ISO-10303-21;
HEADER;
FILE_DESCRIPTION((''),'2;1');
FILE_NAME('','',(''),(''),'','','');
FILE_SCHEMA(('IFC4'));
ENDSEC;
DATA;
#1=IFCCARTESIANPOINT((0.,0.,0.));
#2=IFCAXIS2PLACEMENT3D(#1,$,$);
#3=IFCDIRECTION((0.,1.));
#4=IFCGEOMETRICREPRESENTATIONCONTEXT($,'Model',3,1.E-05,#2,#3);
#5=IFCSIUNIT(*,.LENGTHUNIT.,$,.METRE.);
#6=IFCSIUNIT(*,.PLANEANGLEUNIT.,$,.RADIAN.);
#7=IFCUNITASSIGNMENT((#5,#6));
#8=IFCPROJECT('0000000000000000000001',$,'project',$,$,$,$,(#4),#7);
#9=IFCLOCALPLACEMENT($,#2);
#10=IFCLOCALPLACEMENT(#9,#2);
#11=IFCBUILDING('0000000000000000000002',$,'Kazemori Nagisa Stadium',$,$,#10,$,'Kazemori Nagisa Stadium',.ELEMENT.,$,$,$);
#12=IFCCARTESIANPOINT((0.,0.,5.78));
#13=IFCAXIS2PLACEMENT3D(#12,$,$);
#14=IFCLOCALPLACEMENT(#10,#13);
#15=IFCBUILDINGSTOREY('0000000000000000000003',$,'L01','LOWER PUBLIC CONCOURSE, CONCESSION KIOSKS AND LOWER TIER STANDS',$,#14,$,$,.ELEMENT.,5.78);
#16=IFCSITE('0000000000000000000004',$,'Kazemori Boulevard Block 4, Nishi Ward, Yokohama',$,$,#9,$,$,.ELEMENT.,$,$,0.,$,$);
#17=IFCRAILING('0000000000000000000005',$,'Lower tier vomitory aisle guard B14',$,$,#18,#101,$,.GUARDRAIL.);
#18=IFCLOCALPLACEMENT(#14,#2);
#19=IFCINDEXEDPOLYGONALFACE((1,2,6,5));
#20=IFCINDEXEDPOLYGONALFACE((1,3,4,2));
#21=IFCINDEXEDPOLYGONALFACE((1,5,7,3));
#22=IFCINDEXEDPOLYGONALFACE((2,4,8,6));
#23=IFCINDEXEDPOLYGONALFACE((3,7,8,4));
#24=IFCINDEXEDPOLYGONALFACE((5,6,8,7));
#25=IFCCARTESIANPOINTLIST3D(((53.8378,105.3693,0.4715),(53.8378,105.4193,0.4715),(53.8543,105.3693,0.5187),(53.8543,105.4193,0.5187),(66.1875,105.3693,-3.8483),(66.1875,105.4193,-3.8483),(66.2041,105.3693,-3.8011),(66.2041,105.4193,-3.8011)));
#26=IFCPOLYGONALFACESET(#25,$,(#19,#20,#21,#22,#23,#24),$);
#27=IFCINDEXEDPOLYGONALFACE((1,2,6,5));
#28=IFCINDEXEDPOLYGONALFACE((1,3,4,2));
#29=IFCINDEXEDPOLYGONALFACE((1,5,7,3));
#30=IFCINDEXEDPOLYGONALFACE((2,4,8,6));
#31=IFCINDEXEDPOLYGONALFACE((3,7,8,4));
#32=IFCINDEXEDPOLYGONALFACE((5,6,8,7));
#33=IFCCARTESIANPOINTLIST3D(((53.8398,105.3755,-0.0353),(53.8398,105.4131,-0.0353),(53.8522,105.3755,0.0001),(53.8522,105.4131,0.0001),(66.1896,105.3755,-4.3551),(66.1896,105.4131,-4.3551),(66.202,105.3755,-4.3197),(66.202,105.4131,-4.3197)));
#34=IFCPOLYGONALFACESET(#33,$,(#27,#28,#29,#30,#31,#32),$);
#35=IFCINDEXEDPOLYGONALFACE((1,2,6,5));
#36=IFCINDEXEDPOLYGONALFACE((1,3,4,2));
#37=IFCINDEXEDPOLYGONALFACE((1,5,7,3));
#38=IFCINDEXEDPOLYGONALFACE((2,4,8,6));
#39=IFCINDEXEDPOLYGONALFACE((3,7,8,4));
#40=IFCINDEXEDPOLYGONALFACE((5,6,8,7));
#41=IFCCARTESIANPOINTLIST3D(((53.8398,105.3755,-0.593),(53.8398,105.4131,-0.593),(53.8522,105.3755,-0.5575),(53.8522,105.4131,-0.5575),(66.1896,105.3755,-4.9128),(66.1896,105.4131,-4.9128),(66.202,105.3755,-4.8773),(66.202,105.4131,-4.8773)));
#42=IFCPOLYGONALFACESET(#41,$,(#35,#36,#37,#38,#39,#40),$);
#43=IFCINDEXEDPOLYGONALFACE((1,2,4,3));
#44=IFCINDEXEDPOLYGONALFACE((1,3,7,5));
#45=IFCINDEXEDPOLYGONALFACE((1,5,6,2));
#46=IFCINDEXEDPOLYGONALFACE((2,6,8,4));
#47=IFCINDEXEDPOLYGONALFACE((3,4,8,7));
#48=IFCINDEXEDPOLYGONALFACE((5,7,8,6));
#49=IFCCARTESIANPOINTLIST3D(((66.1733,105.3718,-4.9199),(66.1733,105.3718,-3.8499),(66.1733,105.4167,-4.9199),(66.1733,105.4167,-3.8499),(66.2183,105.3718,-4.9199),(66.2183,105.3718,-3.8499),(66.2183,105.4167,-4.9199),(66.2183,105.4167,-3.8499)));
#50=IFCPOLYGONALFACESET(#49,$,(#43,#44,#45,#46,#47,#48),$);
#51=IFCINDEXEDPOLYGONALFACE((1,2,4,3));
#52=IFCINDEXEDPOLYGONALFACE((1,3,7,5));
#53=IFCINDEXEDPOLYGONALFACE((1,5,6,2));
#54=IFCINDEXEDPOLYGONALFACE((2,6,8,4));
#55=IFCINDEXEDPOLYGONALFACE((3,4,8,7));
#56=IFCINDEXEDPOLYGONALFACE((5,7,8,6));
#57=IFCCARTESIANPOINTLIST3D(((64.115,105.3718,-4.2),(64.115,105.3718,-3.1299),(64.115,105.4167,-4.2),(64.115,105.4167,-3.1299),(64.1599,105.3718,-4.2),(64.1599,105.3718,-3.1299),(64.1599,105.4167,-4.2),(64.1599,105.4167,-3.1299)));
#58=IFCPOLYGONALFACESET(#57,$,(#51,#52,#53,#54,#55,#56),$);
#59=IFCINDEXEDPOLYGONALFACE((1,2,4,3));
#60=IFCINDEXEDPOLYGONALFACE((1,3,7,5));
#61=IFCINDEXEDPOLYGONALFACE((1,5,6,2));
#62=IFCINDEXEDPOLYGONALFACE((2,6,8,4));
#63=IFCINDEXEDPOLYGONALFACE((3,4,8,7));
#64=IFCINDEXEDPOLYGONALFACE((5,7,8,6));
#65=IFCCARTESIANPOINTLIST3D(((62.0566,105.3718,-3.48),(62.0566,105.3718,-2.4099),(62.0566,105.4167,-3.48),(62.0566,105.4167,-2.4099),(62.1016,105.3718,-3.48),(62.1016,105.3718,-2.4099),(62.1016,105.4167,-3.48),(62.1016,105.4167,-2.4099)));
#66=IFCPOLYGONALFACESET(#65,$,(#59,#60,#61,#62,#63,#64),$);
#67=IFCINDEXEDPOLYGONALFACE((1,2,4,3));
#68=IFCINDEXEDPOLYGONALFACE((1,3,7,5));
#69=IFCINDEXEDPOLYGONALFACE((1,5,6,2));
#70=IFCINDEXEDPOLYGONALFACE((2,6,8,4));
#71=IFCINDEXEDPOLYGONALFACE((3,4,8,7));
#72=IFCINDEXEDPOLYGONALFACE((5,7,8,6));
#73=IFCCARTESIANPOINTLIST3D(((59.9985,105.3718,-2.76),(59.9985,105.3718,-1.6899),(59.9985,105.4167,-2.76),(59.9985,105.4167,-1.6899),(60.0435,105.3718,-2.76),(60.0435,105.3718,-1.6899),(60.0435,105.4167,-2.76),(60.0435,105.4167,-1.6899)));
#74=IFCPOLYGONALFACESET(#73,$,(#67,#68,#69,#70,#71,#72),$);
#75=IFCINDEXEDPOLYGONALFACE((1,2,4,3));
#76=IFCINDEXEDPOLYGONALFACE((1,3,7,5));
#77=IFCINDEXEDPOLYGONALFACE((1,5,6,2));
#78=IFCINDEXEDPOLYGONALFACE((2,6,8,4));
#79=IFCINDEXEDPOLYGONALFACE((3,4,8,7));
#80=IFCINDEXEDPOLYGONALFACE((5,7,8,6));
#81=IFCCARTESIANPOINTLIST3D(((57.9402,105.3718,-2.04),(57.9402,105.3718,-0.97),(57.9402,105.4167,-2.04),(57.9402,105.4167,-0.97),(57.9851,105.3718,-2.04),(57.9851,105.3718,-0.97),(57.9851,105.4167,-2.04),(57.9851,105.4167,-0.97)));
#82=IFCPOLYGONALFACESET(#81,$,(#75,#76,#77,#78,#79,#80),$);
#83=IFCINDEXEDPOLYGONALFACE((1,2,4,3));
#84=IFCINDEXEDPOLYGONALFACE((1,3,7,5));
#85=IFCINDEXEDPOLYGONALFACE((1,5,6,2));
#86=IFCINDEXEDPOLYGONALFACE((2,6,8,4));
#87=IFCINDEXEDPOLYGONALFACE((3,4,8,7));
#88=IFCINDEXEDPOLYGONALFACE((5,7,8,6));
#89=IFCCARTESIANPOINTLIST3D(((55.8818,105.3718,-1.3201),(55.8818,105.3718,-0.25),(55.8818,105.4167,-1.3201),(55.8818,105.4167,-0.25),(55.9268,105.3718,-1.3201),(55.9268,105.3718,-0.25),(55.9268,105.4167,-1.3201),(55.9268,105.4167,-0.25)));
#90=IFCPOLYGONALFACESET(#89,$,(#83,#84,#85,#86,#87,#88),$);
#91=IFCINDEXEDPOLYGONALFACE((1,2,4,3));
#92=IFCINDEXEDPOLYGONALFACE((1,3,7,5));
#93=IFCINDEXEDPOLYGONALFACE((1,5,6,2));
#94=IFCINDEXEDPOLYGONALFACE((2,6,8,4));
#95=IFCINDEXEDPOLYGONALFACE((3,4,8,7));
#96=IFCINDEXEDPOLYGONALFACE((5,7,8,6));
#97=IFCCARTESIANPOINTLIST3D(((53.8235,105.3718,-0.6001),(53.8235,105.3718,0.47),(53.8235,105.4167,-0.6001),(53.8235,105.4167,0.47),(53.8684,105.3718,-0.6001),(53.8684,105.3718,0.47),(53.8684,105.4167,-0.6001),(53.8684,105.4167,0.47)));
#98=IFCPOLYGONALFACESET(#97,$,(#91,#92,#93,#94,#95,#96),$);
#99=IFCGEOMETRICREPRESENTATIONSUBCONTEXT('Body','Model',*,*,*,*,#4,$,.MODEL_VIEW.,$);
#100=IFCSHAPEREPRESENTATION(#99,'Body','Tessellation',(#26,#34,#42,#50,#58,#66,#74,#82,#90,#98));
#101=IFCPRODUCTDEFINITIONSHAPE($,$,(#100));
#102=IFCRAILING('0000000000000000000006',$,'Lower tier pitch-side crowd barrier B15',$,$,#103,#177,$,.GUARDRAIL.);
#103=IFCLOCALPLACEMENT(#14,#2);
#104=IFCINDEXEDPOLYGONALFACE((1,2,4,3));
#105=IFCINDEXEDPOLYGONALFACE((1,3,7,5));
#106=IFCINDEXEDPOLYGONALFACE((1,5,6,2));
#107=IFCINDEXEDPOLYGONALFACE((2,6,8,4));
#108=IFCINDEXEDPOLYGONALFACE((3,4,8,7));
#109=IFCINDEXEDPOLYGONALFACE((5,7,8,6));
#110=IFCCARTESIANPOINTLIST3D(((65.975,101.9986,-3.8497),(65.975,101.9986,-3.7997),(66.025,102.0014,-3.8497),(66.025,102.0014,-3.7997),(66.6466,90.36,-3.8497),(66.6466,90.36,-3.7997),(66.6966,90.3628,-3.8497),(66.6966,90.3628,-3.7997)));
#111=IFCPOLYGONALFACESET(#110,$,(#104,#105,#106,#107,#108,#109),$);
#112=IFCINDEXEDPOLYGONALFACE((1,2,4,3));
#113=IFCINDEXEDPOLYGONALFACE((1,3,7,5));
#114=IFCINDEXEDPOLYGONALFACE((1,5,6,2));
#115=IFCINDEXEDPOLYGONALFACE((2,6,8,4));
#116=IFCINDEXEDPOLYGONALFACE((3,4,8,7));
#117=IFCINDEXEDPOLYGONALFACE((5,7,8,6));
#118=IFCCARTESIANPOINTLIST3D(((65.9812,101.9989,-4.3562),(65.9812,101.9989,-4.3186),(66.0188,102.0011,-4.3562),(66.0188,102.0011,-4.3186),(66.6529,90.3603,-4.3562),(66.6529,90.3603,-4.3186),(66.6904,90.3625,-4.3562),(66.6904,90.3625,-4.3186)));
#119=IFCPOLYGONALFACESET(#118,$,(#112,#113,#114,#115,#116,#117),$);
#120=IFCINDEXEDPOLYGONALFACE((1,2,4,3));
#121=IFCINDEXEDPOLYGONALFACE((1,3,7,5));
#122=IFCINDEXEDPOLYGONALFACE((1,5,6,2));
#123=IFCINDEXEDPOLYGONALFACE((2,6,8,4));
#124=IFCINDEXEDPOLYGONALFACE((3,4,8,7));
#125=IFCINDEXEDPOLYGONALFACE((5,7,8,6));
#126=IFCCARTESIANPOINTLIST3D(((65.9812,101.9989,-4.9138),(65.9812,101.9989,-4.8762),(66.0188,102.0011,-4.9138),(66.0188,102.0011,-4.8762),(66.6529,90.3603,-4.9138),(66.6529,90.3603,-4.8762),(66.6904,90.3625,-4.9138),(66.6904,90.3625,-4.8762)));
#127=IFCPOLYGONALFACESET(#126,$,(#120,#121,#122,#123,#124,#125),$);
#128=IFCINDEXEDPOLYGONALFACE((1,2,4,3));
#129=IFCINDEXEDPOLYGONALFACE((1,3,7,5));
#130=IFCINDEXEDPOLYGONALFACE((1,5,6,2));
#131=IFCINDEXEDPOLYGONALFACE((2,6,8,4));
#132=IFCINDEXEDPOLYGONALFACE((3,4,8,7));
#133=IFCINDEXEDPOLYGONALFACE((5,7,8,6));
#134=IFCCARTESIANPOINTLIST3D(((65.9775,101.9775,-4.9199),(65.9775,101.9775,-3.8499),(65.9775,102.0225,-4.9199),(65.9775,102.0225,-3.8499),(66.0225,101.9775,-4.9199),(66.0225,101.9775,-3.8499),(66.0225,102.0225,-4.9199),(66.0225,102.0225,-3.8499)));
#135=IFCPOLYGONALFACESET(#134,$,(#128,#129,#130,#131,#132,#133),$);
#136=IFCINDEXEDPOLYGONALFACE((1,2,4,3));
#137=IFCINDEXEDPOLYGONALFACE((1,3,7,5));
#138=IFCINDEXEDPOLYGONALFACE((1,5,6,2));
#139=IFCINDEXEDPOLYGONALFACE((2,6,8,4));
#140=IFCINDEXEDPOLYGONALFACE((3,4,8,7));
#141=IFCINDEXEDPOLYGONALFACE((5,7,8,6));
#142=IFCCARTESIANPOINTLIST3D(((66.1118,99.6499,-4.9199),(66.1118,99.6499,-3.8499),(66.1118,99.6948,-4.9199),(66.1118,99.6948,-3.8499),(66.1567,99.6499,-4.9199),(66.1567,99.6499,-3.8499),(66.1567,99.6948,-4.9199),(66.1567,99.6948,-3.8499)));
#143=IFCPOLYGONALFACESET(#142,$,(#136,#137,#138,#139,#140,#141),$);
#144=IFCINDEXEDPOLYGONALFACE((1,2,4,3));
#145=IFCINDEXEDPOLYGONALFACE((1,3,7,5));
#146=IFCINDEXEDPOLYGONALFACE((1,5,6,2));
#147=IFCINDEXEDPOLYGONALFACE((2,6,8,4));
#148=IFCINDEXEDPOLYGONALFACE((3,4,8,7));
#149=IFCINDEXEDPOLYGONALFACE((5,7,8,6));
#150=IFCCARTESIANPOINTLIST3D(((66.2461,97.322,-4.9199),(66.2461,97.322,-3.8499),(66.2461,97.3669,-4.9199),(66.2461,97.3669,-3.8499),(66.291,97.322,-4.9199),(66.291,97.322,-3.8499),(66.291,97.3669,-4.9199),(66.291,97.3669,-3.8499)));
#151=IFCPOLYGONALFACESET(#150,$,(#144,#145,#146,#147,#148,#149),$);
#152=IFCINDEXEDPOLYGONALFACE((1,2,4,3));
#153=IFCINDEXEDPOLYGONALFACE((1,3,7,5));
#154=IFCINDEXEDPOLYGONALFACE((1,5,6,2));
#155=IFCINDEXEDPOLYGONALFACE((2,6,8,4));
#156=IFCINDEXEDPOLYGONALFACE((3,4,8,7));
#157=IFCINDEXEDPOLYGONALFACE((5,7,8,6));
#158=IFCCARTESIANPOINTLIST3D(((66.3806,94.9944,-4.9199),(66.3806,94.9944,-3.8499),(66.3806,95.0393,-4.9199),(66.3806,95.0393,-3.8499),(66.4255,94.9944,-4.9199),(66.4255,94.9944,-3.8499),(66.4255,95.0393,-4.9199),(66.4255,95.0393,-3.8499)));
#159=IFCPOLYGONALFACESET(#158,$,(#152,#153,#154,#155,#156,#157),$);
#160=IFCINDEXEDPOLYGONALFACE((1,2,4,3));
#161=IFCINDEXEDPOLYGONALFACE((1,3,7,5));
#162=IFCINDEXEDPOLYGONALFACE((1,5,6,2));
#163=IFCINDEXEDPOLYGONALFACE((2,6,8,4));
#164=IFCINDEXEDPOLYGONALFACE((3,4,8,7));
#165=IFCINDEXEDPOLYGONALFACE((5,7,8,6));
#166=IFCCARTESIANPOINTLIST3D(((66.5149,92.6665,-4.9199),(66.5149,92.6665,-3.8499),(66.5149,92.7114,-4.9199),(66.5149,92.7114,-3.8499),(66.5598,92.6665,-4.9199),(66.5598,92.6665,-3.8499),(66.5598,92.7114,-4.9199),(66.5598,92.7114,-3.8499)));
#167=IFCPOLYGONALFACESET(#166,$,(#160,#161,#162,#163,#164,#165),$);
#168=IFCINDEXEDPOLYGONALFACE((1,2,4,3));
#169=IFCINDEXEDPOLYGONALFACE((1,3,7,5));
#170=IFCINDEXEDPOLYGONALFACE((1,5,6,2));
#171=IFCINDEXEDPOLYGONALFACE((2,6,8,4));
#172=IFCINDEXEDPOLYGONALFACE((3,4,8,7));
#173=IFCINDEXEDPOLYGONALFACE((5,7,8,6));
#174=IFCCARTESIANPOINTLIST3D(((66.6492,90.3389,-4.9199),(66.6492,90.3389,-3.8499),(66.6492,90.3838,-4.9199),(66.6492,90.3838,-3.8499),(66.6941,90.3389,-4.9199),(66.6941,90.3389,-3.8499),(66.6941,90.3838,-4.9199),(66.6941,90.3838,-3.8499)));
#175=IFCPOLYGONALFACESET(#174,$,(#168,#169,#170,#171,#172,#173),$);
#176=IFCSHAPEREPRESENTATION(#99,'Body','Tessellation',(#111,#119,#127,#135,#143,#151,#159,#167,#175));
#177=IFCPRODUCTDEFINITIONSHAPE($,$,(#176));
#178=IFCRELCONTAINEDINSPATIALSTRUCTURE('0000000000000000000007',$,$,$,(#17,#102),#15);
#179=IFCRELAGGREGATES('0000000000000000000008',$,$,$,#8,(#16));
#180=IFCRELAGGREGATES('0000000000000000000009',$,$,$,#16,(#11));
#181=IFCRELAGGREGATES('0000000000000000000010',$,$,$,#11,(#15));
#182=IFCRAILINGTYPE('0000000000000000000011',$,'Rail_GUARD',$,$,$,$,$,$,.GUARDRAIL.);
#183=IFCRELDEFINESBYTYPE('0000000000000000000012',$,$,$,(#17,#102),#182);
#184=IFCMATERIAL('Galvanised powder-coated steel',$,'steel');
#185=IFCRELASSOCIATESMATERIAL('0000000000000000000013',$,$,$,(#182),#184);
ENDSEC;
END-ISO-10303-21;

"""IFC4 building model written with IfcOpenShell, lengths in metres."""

from ifc_helpers import new_model, si_unit, direction, frame, origin, origin_2d, place, context, subcontext, project, spatial, rectangle, extrude, material, type_object, element, save


model = new_model("IFC4")

# Units and contexts
model_context = context("Model", 3, precision=1e-05, world=origin(), true_north=direction((0.0, 1.0)))
body_context = subcontext(model_context, "Body", "Model", "MODEL_VIEW")
ifc_project = project(units=[si_unit("LENGTHUNIT", "METRE"), si_unit("PLANEANGLEUNIT", "RADIAN")], contexts=[model_context])

# Site, building, storey
site_placement = place(None, origin())
site = spatial("IfcSite", under=ifc_project, at=site_placement, Name="Kazemori Boulevard Block 4, Nishi Ward, Yokohama", CompositionType="ELEMENT", RefElevation=0.0)
building_placement = place(site_placement, origin())
building = spatial("IfcBuilding", under=site, at=building_placement, Name="Kazemori Nagisa Stadium", LongName="Kazemori Nagisa Stadium", CompositionType="ELEMENT")
storey_placement = place(building_placement, frame((0.0, 0.0, 5.78)))
storey = spatial("IfcBuildingStorey", under=building, at=storey_placement, Name="L01", Description="LOWER PUBLIC CONCOURSE, CONCESSION KIOSKS AND LOWER TIER STANDS", CompositionType="ELEMENT", Elevation=5.78)

# Railings
ifc_material_1 = material(Name="Galvanised powder-coated steel", Category="steel")
railing_type_1 = type_object("IfcRailingType", Name="Rail_GUARD", PredefinedType="GUARDRAIL", material=ifc_material_1)
railing_1_placement = place(storey_placement, frame((66.1958, 105.3943, -4.9199)))
element("IfcRailing", 1, at=railing_1_placement, inside=storey, type_object=railing_type_1, Name="Lower tier vomitory aisle guard B14", PredefinedType="GUARDRAIL", context=body_context, shape_type="SweptSolid", body=[
    extrude(rectangle(XDim=0.05, YDim=0.05, at=origin_2d()), frame((0.0, 0.0, 1.0952), z_axis=(-0.943921, 0.0, 0.330172), x_axis=(0.0, -1.0, 0.0)), (0.0, 0.0, 1.0), 13.0835),
    extrude(rectangle(XDim=0.0376, YDim=0.0376, at=origin_2d()), frame((0.0, 0.0, 0.5825), z_axis=(-0.943921, 0.0, 0.330172), x_axis=(0.0, -1.0, 0.0)), (0.0, 0.0, 1.0), 13.0835),
    extrude(rectangle(XDim=0.0376, YDim=0.0376, at=origin_2d()), frame((0.0, 0.0, 0.0249), z_axis=(-0.943921, 0.0, 0.330172), x_axis=(0.0, -1.0, 0.0)), (0.0, 0.0, 1.0), 13.0835),
    extrude(rectangle(XDim=0.0449, YDim=0.0449, at=origin_2d()), origin(), (0.0, 0.0, 1.0), 1.0701),
    extrude(rectangle(XDim=0.0449, YDim=0.0449, at=origin_2d()), frame((-2.0583, 0.0, 0.72)), (0.0, 0.0, 1.0), 1.0701),
    extrude(rectangle(XDim=0.0449, YDim=0.0449, at=origin_2d()), frame((-4.1167, 0.0, 1.4399)), (0.0, 0.0, 1.0), 1.0701),
    extrude(rectangle(XDim=0.0449, YDim=0.0449, at=origin_2d()), frame((-6.1748, 0.0, 2.1599)), (0.0, 0.0, 1.0), 1.0701),
    extrude(rectangle(XDim=0.0449, YDim=0.0449, at=origin_2d()), frame((-8.2332, 0.0, 2.8799)), (0.0, 0.0, 1.0), 1.0701),
    extrude(rectangle(XDim=0.0449, YDim=0.0449, at=origin_2d()), frame((-10.2915, 0.0, 3.5999)), (0.0, 0.0, 1.0), 1.0701),
    extrude(rectangle(XDim=0.0449, YDim=0.0449, at=origin_2d()), frame((-12.3499, 0.0, 4.3198)), (0.0, 0.0, 1.0), 1.0701),
])
railing_2_placement = place(storey_placement, frame((66.0, 102.0, -4.9199)))
element("IfcRailing", 2, at=railing_2_placement, inside=storey, type_object=railing_type_1, Name="Lower tier pitch-side crowd barrier B15", PredefinedType="GUARDRAIL", context=body_context, shape_type="SweptSolid", body=[
    extrude(rectangle(XDim=0.05, YDim=0.05, at=origin_2d()), frame((0.0, 0.0, 1.0952), z_axis=(0.057611, -0.998339, 0.0), x_axis=(0.998339, 0.057611, 0.0)), (0.0, 0.0, 1.0), 11.658),
    extrude(rectangle(XDim=0.0376, YDim=0.0376, at=origin_2d()), frame((0.0, 0.0, 0.5825), z_axis=(0.057611, -0.998339, 0.0), x_axis=(0.998339, 0.057611, 0.0)), (0.0, 0.0, 1.0), 11.658),
    extrude(rectangle(XDim=0.0376, YDim=0.0376, at=origin_2d()), frame((0.0, 0.0, 0.0249), z_axis=(0.057611, -0.998339, 0.0), x_axis=(0.998339, 0.057611, 0.0)), (0.0, 0.0, 1.0), 11.658),
    extrude(rectangle(XDim=0.0449, YDim=0.0449, at=origin_2d()), origin(), (0.0, 0.0, 1.0), 1.0701),
    extrude(rectangle(XDim=0.0449, YDim=0.0449, at=origin_2d()), frame((0.1343, -2.3276, 0.0)), (0.0, 0.0, 1.0), 1.0701),
    extrude(rectangle(XDim=0.0449, YDim=0.0449, at=origin_2d()), frame((0.2686, -4.6555, 0.0)), (0.0, 0.0, 1.0), 1.0701),
    extrude(rectangle(XDim=0.0449, YDim=0.0449, at=origin_2d()), frame((0.4031, -6.9832, 0.0)), (0.0, 0.0, 1.0), 1.0701),
    extrude(rectangle(XDim=0.0449, YDim=0.0449, at=origin_2d()), frame((0.5374, -9.311, 0.0)), (0.0, 0.0, 1.0), 1.0701),
    extrude(rectangle(XDim=0.0449, YDim=0.0449, at=origin_2d()), frame((0.6716, -11.6387, 0.0)), (0.0, 0.0, 1.0), 1.0701),
])

save(model, "model.ifc")
